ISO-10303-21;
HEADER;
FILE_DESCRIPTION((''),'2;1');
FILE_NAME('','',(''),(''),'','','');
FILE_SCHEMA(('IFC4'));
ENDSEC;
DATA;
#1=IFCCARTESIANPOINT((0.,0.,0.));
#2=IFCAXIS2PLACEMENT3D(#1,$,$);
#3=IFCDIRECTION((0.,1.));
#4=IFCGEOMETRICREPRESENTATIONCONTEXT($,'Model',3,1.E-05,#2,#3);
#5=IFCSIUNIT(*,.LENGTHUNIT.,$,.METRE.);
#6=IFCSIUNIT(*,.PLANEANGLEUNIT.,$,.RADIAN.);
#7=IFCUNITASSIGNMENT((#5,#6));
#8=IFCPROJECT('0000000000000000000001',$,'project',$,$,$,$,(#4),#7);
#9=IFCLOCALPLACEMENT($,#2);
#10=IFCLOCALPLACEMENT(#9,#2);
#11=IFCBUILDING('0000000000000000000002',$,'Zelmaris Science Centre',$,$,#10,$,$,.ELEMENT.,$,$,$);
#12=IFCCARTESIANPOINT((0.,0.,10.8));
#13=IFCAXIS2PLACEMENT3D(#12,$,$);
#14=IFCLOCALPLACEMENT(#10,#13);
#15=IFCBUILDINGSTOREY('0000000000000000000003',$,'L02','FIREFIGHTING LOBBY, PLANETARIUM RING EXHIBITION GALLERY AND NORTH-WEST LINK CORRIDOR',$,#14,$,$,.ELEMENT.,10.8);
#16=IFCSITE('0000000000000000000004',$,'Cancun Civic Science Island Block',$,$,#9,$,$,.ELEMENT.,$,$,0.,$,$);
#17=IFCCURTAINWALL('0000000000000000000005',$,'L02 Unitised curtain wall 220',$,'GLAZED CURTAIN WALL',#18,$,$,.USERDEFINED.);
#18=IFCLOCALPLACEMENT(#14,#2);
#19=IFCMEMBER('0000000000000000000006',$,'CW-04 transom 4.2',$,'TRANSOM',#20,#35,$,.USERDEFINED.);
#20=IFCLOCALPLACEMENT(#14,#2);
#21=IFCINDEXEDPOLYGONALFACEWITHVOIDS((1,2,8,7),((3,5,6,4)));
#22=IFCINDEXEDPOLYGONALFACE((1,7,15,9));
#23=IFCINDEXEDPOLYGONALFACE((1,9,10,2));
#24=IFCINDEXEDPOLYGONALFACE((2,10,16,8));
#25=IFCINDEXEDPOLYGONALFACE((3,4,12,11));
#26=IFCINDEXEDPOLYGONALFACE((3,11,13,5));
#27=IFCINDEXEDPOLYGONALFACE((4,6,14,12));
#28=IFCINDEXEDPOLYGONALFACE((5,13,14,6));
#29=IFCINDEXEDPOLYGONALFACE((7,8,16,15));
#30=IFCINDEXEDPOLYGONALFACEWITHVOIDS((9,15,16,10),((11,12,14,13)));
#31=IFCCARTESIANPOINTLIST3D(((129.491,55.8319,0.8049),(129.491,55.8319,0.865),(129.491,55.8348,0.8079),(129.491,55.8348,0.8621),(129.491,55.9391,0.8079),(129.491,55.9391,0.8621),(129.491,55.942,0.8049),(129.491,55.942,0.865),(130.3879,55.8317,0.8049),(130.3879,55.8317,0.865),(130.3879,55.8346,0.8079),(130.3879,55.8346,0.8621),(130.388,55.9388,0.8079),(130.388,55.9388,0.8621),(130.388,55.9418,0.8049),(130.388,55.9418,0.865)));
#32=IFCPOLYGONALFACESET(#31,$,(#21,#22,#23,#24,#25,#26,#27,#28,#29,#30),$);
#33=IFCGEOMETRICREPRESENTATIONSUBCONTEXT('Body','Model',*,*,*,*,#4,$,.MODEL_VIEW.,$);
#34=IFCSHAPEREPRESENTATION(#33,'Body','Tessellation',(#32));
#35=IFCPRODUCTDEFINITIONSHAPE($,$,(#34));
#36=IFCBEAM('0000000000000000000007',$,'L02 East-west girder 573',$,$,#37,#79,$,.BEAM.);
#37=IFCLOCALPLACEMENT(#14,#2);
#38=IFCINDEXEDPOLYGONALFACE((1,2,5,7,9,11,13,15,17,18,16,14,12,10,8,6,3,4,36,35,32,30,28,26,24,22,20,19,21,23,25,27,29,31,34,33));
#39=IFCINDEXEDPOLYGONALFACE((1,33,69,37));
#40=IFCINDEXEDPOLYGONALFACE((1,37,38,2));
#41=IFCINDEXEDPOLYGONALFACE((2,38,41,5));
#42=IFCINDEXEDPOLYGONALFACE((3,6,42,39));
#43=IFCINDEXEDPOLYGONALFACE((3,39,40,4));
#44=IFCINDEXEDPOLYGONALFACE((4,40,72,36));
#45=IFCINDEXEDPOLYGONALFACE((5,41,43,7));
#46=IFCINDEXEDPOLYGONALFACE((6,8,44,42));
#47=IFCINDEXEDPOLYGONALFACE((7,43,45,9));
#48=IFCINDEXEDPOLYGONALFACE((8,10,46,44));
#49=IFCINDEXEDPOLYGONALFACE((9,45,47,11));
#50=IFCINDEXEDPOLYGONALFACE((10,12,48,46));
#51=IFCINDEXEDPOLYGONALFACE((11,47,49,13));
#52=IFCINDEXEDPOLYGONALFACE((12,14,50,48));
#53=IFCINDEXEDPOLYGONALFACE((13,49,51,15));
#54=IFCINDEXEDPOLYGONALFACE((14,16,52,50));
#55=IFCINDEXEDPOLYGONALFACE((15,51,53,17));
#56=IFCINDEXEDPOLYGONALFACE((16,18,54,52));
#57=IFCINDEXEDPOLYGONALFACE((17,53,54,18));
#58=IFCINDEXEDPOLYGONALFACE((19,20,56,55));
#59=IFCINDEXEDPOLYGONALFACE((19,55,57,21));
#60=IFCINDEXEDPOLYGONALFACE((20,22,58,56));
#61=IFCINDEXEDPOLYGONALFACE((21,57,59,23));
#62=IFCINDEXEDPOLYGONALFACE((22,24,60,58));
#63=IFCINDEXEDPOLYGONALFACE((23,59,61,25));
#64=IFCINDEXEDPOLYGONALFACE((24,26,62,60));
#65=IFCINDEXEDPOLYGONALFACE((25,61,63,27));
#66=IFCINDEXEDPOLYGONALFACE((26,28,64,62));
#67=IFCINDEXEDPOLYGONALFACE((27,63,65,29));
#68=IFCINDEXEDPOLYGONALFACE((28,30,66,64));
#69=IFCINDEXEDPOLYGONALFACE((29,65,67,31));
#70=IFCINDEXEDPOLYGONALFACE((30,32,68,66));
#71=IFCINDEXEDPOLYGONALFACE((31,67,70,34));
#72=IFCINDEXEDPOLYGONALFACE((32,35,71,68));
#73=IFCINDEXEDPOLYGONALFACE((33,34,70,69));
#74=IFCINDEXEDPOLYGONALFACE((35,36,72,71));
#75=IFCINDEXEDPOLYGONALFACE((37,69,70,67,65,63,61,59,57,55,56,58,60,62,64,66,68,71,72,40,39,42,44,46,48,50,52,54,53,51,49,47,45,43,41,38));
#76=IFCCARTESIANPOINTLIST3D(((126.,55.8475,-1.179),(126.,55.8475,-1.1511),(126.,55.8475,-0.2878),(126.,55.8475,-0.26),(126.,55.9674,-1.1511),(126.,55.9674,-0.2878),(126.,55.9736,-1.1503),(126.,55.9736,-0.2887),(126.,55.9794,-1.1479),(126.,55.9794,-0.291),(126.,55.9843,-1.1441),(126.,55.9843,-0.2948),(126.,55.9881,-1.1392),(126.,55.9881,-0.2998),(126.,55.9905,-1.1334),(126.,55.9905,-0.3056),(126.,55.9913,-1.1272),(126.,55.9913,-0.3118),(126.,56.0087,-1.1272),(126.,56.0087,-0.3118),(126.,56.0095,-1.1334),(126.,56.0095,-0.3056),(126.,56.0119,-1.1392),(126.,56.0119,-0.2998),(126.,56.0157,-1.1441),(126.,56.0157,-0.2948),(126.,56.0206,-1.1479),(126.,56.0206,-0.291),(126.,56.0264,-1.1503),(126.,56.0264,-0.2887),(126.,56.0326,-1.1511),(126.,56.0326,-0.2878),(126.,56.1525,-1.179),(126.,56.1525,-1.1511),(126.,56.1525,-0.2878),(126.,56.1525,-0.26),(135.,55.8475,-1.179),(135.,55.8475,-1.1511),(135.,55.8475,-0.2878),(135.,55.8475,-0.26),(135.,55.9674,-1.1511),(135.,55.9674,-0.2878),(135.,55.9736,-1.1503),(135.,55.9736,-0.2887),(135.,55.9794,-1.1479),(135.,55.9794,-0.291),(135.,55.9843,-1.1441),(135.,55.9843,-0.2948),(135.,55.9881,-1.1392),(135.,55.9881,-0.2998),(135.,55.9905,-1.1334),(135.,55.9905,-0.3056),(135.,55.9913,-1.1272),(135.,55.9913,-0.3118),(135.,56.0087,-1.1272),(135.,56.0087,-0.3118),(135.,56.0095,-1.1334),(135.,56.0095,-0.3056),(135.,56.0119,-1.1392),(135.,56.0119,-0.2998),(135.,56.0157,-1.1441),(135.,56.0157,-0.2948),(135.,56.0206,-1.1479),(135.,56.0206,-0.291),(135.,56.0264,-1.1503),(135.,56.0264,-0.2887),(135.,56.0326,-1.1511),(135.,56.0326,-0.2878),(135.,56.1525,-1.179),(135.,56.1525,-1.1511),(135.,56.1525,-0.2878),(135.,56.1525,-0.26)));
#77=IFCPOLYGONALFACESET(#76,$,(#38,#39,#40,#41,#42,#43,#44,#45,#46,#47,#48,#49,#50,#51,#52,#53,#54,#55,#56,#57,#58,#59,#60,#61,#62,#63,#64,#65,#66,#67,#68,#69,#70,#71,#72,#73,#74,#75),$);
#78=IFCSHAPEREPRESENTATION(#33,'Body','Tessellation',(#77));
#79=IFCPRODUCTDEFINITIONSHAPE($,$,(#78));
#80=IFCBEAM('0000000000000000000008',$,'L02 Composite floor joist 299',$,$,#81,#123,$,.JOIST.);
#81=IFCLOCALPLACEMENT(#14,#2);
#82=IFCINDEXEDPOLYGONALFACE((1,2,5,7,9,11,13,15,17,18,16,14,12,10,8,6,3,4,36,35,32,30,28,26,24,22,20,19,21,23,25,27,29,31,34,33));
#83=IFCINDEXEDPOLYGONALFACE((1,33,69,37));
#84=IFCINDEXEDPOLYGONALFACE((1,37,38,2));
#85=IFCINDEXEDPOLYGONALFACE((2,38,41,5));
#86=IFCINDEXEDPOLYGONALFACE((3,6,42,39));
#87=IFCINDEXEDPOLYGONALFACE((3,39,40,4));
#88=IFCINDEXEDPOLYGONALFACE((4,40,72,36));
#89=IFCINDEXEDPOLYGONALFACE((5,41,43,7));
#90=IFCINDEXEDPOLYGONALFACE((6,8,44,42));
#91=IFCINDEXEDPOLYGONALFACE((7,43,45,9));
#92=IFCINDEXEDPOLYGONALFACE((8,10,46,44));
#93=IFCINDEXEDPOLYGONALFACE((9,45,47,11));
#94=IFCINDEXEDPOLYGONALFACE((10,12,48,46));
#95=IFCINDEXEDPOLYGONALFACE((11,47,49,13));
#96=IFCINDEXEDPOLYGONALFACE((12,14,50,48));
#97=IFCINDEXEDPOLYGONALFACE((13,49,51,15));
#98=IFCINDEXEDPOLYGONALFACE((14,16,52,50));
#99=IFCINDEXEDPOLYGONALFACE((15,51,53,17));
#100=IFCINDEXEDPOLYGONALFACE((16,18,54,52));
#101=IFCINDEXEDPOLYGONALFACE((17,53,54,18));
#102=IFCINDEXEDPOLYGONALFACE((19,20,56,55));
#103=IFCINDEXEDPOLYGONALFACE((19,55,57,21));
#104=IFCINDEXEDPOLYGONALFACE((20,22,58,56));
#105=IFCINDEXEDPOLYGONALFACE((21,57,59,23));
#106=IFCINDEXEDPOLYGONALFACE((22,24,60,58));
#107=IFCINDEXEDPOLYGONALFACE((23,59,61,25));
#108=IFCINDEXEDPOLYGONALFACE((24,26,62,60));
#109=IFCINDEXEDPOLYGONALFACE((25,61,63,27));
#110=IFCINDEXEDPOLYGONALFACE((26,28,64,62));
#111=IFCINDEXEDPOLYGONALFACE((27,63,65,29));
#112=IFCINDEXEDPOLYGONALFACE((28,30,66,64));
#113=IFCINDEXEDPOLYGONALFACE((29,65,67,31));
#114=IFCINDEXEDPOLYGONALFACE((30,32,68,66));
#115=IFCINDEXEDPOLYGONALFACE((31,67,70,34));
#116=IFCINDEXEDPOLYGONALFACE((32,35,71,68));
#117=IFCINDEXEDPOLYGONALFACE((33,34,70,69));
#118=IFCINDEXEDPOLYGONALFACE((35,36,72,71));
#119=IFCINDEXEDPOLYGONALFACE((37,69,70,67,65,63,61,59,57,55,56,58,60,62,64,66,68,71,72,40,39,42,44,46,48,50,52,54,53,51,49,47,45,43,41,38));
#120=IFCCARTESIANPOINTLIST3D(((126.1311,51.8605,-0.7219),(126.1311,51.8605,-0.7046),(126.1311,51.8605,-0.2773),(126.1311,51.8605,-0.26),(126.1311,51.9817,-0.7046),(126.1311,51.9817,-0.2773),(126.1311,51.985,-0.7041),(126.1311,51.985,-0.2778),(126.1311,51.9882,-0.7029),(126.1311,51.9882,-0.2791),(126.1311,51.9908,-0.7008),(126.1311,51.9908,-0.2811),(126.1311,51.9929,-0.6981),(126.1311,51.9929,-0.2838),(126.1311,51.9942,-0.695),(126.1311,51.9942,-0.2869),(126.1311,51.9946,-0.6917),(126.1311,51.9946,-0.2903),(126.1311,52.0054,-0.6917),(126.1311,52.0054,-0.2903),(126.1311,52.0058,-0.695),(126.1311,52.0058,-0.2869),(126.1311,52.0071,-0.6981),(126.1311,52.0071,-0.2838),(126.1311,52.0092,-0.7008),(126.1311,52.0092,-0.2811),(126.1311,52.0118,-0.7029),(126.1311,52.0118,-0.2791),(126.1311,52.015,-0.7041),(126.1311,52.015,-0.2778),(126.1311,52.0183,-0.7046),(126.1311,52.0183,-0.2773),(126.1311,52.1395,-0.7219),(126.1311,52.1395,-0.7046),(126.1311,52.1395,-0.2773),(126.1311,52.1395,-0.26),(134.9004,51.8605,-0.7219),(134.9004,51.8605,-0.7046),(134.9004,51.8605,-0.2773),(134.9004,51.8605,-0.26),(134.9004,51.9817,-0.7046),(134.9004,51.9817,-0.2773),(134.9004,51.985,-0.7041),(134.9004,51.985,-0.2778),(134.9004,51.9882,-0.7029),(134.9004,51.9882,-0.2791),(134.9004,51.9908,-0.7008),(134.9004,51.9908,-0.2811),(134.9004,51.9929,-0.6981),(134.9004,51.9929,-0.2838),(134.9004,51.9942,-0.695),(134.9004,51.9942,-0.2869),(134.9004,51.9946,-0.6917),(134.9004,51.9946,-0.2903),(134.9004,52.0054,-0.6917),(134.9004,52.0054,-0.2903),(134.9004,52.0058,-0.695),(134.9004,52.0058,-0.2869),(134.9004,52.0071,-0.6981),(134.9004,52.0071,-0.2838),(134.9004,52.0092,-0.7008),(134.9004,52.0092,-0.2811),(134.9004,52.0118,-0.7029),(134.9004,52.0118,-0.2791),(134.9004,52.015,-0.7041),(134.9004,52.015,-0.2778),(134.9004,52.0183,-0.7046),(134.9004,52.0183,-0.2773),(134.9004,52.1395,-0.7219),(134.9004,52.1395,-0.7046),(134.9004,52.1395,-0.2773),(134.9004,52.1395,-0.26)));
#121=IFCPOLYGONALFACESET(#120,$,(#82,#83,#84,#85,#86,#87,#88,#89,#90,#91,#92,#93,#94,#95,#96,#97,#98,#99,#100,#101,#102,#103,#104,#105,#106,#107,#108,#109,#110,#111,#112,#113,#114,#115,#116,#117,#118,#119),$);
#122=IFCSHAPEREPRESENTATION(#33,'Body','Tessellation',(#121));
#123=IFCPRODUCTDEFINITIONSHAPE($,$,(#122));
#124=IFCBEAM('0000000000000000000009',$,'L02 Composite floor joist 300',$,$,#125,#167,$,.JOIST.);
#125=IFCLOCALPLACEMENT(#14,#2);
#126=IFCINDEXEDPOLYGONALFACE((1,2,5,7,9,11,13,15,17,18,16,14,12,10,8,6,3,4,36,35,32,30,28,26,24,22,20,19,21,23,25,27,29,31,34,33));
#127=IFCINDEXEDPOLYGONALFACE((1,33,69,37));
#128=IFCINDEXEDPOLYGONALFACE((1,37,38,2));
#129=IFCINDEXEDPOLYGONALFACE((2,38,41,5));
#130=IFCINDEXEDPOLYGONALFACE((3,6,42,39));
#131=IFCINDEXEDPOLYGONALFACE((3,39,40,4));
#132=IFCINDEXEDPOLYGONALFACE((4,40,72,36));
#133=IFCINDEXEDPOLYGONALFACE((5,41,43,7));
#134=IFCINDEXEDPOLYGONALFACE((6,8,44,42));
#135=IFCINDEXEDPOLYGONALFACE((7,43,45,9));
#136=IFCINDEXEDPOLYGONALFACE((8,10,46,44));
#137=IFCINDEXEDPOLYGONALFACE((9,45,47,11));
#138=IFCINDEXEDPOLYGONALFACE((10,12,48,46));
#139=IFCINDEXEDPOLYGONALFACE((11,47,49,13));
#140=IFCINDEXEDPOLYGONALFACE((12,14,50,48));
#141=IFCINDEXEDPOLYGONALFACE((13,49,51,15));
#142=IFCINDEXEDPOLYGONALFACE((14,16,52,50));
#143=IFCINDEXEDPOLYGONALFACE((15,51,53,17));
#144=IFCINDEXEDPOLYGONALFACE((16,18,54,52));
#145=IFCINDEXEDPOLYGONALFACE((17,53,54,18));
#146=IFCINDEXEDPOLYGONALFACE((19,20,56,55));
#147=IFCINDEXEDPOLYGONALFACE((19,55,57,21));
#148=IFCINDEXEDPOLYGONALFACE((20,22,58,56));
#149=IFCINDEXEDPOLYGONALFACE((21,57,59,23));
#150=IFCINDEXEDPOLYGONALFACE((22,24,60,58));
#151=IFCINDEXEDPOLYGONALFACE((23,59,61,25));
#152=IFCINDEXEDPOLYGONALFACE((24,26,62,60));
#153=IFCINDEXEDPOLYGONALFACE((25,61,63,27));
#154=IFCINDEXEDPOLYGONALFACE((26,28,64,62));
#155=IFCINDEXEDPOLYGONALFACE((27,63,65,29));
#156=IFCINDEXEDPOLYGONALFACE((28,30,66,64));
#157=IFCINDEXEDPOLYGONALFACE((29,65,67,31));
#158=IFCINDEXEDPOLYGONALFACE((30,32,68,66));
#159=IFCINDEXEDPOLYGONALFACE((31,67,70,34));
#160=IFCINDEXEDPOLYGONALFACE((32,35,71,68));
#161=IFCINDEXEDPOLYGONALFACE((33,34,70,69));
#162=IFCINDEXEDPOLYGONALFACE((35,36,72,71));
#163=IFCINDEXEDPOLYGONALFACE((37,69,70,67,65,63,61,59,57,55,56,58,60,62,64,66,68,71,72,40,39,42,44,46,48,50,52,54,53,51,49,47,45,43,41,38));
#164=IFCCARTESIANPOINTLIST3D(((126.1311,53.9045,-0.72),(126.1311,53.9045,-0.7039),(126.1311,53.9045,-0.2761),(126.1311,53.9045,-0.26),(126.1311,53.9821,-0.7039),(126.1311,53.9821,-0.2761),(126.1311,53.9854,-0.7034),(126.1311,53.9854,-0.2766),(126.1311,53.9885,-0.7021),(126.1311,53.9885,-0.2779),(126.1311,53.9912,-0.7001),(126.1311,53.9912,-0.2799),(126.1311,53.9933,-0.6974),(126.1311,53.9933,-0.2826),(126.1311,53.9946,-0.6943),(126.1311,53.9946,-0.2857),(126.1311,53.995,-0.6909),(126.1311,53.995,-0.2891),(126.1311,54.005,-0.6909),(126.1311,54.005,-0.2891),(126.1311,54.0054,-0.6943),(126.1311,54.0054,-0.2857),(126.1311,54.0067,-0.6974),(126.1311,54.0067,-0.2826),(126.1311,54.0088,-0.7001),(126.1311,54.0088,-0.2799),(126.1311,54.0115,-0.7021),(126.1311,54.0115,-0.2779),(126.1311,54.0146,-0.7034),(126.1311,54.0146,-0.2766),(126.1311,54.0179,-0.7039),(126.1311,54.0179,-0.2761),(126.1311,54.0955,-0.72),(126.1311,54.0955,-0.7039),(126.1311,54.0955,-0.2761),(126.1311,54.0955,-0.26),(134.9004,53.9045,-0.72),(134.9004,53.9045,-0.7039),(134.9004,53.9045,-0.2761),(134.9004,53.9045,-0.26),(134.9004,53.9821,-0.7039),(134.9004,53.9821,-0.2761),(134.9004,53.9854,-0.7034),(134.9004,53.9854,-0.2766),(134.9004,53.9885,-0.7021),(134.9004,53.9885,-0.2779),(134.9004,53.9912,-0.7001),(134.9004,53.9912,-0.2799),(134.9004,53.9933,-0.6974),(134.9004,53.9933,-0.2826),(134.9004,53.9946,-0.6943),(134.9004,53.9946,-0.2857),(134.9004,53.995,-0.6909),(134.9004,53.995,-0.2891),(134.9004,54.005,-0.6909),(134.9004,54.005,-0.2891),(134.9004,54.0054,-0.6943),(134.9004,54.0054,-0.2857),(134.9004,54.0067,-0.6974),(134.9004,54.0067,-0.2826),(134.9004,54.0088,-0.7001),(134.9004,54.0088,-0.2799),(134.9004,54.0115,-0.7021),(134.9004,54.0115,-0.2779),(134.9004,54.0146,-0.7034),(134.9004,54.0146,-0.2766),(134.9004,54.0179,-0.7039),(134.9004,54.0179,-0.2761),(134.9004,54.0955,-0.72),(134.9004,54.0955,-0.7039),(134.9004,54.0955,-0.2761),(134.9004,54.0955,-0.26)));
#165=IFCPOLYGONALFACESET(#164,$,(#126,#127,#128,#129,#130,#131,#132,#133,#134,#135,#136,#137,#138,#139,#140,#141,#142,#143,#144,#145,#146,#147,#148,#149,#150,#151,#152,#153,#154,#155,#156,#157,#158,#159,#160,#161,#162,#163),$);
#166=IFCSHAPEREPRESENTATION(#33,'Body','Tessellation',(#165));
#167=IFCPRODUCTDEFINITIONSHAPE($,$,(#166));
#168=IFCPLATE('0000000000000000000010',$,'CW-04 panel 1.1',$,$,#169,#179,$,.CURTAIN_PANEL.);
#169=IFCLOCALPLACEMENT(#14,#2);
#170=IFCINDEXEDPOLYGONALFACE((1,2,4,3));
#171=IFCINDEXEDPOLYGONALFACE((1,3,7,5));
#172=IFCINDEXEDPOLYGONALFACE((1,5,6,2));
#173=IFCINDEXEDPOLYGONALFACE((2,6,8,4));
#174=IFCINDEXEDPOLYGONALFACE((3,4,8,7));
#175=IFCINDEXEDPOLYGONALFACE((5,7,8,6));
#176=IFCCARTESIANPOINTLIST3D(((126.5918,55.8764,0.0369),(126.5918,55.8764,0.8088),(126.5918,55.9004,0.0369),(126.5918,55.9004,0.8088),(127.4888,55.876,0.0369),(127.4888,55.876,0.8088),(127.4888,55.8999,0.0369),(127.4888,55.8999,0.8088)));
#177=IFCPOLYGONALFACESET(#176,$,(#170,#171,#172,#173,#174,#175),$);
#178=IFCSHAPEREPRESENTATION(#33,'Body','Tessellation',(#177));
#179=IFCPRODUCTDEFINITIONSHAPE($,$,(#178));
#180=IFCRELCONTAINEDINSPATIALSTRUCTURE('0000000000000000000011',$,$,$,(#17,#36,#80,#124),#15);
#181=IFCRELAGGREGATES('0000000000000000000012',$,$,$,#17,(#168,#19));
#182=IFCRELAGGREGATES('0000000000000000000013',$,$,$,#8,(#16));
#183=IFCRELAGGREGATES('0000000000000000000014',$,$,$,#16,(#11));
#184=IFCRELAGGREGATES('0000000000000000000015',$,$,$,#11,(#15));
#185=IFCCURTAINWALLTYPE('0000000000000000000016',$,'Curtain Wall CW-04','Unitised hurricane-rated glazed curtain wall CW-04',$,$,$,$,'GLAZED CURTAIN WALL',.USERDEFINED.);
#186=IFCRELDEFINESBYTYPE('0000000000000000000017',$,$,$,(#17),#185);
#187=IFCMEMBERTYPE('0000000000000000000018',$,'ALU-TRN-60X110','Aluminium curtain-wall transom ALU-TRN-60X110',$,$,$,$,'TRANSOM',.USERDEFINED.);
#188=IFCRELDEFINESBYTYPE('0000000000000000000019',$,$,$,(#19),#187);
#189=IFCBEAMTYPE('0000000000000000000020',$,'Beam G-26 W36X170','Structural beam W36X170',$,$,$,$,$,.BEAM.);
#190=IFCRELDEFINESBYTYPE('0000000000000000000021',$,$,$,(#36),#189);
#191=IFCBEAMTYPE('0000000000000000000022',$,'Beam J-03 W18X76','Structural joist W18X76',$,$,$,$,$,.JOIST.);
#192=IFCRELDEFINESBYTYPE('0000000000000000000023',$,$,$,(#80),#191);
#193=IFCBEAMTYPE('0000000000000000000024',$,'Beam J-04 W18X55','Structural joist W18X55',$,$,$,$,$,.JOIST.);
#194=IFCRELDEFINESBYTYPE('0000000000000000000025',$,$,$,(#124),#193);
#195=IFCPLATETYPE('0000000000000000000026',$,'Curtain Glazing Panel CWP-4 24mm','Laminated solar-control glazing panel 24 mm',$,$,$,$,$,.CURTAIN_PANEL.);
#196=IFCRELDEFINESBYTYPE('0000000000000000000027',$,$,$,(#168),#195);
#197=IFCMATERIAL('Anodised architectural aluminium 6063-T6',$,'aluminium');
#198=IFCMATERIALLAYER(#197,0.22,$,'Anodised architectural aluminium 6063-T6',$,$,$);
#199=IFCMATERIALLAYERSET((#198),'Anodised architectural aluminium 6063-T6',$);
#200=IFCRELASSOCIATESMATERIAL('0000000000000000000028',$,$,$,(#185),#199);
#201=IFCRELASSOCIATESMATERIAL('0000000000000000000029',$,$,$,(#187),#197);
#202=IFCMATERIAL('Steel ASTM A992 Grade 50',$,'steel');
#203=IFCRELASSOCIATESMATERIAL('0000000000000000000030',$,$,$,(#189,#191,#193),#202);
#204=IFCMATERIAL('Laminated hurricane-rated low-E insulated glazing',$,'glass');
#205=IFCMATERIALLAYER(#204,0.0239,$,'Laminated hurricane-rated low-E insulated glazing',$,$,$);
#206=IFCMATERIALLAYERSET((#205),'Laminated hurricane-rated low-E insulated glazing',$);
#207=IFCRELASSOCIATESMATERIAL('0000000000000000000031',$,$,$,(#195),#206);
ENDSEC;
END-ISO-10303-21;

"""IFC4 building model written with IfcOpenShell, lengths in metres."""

from ifc_helpers import new_model, si_unit, direction, frame, origin, origin_2d, place, context, subcontext, project, spatial, rectangle, hollow_rectangle, i_section, extrude, material, layer, layer_set, material_profile, profile_set, type_object, element, aggregate, save


model = new_model("IFC4")

# Units and contexts
model_context = context("Model", 3, precision=1e-05, world=origin(), true_north=direction((0.0, 1.0)))
body_context = subcontext(model_context, "Body", "Model", "MODEL_VIEW")
ifc_project = project(units=[si_unit("LENGTHUNIT", "METRE"), si_unit("PLANEANGLEUNIT", "RADIAN")], contexts=[model_context])

# Site, building, storey
site_placement = place(None, origin())
site = spatial("IfcSite", under=ifc_project, at=site_placement, Name="Cancun Civic Science Island Block", CompositionType="ELEMENT", RefElevation=0.0)
building_placement = place(site_placement, origin())
building = spatial("IfcBuilding", under=site, at=building_placement, Name="Zelmaris Science Centre", CompositionType="ELEMENT")
storey_placement = place(building_placement, frame((0.0, 0.0, 10.8)))
storey = spatial("IfcBuildingStorey", under=building, at=storey_placement, Name="L02", Description="FIREFIGHTING LOBBY, PLANETARIUM RING EXHIBITION GALLERY AND NORTH-WEST LINK CORRIDOR", CompositionType="ELEMENT", Elevation=10.8)

# Curtain wall, member
ifc_material_1 = material(Name="Anodised architectural aluminium 6063-T6", Category="aluminium")
ifc_layer_1 = layer(ifc_material_1, 0.22, Name="Anodised architectural aluminium 6063-T6")
ifc_layer_set_1 = layer_set([ifc_layer_1], Name="Anodised architectural aluminium 6063-T6")
curtain_wall_type = type_object("IfcCurtainWallType", Name="Curtain Wall CW-04", Description="Unitised hurricane-rated glazed curtain wall CW-04", ElementType="GLAZED CURTAIN WALL", PredefinedType="USERDEFINED", material=ifc_layer_set_1)
curtain_wall_placement = place(storey_placement, origin())
curtain_wall = element("IfcCurtainWall", 1, at=curtain_wall_placement, inside=storey, type_object=curtain_wall_type, Name="L02 Unitised curtain wall 220", ObjectType="GLAZED CURTAIN WALL", PredefinedType="USERDEFINED")
ifc_material_profile_1 = material_profile(ifc_material_1, hollow_rectangle(XDim=0.0601, YDim=0.1101, WallThickness=0.0029, at=origin_2d()), Name="ALU-TRN-60X110")
ifc_profile_set_1 = profile_set([ifc_material_profile_1], Name="Anodised architectural aluminium 6063-T6")
member_type_1 = type_object("IfcMemberType", Name="ALU-TRN-60X110", Description="Aluminium curtain-wall transom ALU-TRN-60X110", ElementType="TRANSOM", PredefinedType="USERDEFINED", material=ifc_profile_set_1)
member_1_placement = place(storey_placement, frame((129.491, 55.887, 0.835), z_axis=(1.0, -0.000272, 0.0), x_axis=(0.0, 0.0, 1.0)))
member_1 = element("IfcMember", 2, at=member_1_placement, type_object=member_type_1, Name="CW-04 transom 4.2", ObjectType="TRANSOM", PredefinedType="USERDEFINED", context=body_context, shape_type="SweptSolid", body=[
    extrude(hollow_rectangle(XDim=0.0601, YDim=0.1101, WallThickness=0.0029, at=origin_2d()), origin(), (0.0, 0.0, 1.0), 0.897),
])

# Beams
ifc_material_2 = material(Name="Steel ASTM A992 Grade 50", Category="steel")
ifc_material_profile_2 = material_profile(ifc_material_2, i_section(OverallWidth=0.3049, OverallDepth=0.9189, WebThickness=0.0173, FlangeThickness=0.0278, FilletRadius=0.0239, at=origin_2d()), Name="W36X170")
ifc_profile_set_2 = profile_set([ifc_material_profile_2], Name="Steel ASTM A992 Grade 50")
beam_type_1 = type_object("IfcBeamType", Name="Beam G-26 W36X170", Description="Structural beam W36X170", PredefinedType="BEAM", material=ifc_profile_set_2)
beam_1_placement = place(storey_placement, frame((126.0, 56.0, -0.7195), z_axis=(1.0, 0.0, 0.0), x_axis=(0.0, 1.0, 0.0)))
element("IfcBeam", 3, at=beam_1_placement, inside=storey, type_object=beam_type_1, Name="L02 East-west girder 573", PredefinedType="BEAM", context=body_context, shape_type="SweptSolid", body=[
    extrude(i_section(OverallWidth=0.3049, OverallDepth=0.9189, WebThickness=0.0173, FlangeThickness=0.0278, FilletRadius=0.0239, at=origin_2d()), origin(), (0.0, 0.0, 1.0), 9.0),
])
ifc_material_profile_3 = material_profile(ifc_material_2, i_section(OverallWidth=0.2791, OverallDepth=0.4619, WebThickness=0.0107, FlangeThickness=0.0173, FilletRadius=0.0129, at=origin_2d()), Name="W18X76")
ifc_profile_set_3 = profile_set([ifc_material_profile_3], Name="Steel ASTM A992 Grade 50")
beam_type_2 = type_object("IfcBeamType", Name="Beam J-03 W18X76", Description="Structural joist W18X76", PredefinedType="JOIST", material=ifc_profile_set_3)
beam_2_placement = place(storey_placement, frame((126.1311, 52.0, -0.491), z_axis=(1.0, 0.0, 0.0), x_axis=(0.0, 1.0, 0.0)))
element("IfcBeam", 4, at=beam_2_placement, inside=storey, type_object=beam_type_2, Name="L02 Composite floor joist 299", PredefinedType="JOIST", context=body_context, shape_type="SweptSolid", body=[
    extrude(i_section(OverallWidth=0.2791, OverallDepth=0.4619, WebThickness=0.0107, FlangeThickness=0.0173, FilletRadius=0.0129, at=origin_2d()), origin(), (0.0, 0.0, 1.0), 8.7693),
])
ifc_material_profile_4 = material_profile(ifc_material_2, i_section(OverallWidth=0.1909, OverallDepth=0.46, WebThickness=0.01, FlangeThickness=0.0161, FilletRadius=0.0129, at=origin_2d()), Name="W18X55")
ifc_profile_set_4 = profile_set([ifc_material_profile_4], Name="Steel ASTM A992 Grade 50")
beam_type_3 = type_object("IfcBeamType", Name="Beam J-04 W18X55", Description="Structural joist W18X55", PredefinedType="JOIST", material=ifc_profile_set_4)
beam_3_placement = place(storey_placement, frame((126.1311, 54.0, -0.49), z_axis=(1.0, 0.0, 0.0), x_axis=(0.0, 1.0, 0.0)))
element("IfcBeam", 5, at=beam_3_placement, inside=storey, type_object=beam_type_3, Name="L02 Composite floor joist 300", PredefinedType="JOIST", context=body_context, shape_type="SweptSolid", body=[
    extrude(i_section(OverallWidth=0.1909, OverallDepth=0.46, WebThickness=0.01, FlangeThickness=0.0161, FilletRadius=0.0129, at=origin_2d()), origin(), (0.0, 0.0, 1.0), 8.7693),
])

# Plate
ifc_material_3 = material(Name="Laminated hurricane-rated low-E insulated glazing", Category="glass")
ifc_layer_2 = layer(ifc_material_3, 0.0239, Name="Laminated hurricane-rated low-E insulated glazing")
ifc_layer_set_2 = layer_set([ifc_layer_2], Name="Laminated hurricane-rated low-E insulated glazing")
plate_type = type_object("IfcPlateType", Name="Curtain Glazing Panel CWP-4 24mm", Description="Laminated solar-control glazing panel 24 mm", PredefinedType="CURTAIN_PANEL", material=ifc_layer_set_2)
plate_1_placement = place(storey_placement, frame((127.0403, 55.8882, 0.0369), z_axis=(0.0, 0.0, 1.0), x_axis=(1.0, -0.000487, 0.0)))
plate_1 = element("IfcPlate", 6, at=plate_1_placement, type_object=plate_type, Name="CW-04 panel 1.1", PredefinedType="CURTAIN_PANEL", context=body_context, shape_type="SweptSolid", body=[
    extrude(rectangle(XDim=0.897, YDim=0.0239, at=origin_2d()), origin(), (0.0, 0.0, 1.0), 0.772),
])
aggregate(curtain_wall, [plate_1, member_1])

save(model, "model.ifc")
